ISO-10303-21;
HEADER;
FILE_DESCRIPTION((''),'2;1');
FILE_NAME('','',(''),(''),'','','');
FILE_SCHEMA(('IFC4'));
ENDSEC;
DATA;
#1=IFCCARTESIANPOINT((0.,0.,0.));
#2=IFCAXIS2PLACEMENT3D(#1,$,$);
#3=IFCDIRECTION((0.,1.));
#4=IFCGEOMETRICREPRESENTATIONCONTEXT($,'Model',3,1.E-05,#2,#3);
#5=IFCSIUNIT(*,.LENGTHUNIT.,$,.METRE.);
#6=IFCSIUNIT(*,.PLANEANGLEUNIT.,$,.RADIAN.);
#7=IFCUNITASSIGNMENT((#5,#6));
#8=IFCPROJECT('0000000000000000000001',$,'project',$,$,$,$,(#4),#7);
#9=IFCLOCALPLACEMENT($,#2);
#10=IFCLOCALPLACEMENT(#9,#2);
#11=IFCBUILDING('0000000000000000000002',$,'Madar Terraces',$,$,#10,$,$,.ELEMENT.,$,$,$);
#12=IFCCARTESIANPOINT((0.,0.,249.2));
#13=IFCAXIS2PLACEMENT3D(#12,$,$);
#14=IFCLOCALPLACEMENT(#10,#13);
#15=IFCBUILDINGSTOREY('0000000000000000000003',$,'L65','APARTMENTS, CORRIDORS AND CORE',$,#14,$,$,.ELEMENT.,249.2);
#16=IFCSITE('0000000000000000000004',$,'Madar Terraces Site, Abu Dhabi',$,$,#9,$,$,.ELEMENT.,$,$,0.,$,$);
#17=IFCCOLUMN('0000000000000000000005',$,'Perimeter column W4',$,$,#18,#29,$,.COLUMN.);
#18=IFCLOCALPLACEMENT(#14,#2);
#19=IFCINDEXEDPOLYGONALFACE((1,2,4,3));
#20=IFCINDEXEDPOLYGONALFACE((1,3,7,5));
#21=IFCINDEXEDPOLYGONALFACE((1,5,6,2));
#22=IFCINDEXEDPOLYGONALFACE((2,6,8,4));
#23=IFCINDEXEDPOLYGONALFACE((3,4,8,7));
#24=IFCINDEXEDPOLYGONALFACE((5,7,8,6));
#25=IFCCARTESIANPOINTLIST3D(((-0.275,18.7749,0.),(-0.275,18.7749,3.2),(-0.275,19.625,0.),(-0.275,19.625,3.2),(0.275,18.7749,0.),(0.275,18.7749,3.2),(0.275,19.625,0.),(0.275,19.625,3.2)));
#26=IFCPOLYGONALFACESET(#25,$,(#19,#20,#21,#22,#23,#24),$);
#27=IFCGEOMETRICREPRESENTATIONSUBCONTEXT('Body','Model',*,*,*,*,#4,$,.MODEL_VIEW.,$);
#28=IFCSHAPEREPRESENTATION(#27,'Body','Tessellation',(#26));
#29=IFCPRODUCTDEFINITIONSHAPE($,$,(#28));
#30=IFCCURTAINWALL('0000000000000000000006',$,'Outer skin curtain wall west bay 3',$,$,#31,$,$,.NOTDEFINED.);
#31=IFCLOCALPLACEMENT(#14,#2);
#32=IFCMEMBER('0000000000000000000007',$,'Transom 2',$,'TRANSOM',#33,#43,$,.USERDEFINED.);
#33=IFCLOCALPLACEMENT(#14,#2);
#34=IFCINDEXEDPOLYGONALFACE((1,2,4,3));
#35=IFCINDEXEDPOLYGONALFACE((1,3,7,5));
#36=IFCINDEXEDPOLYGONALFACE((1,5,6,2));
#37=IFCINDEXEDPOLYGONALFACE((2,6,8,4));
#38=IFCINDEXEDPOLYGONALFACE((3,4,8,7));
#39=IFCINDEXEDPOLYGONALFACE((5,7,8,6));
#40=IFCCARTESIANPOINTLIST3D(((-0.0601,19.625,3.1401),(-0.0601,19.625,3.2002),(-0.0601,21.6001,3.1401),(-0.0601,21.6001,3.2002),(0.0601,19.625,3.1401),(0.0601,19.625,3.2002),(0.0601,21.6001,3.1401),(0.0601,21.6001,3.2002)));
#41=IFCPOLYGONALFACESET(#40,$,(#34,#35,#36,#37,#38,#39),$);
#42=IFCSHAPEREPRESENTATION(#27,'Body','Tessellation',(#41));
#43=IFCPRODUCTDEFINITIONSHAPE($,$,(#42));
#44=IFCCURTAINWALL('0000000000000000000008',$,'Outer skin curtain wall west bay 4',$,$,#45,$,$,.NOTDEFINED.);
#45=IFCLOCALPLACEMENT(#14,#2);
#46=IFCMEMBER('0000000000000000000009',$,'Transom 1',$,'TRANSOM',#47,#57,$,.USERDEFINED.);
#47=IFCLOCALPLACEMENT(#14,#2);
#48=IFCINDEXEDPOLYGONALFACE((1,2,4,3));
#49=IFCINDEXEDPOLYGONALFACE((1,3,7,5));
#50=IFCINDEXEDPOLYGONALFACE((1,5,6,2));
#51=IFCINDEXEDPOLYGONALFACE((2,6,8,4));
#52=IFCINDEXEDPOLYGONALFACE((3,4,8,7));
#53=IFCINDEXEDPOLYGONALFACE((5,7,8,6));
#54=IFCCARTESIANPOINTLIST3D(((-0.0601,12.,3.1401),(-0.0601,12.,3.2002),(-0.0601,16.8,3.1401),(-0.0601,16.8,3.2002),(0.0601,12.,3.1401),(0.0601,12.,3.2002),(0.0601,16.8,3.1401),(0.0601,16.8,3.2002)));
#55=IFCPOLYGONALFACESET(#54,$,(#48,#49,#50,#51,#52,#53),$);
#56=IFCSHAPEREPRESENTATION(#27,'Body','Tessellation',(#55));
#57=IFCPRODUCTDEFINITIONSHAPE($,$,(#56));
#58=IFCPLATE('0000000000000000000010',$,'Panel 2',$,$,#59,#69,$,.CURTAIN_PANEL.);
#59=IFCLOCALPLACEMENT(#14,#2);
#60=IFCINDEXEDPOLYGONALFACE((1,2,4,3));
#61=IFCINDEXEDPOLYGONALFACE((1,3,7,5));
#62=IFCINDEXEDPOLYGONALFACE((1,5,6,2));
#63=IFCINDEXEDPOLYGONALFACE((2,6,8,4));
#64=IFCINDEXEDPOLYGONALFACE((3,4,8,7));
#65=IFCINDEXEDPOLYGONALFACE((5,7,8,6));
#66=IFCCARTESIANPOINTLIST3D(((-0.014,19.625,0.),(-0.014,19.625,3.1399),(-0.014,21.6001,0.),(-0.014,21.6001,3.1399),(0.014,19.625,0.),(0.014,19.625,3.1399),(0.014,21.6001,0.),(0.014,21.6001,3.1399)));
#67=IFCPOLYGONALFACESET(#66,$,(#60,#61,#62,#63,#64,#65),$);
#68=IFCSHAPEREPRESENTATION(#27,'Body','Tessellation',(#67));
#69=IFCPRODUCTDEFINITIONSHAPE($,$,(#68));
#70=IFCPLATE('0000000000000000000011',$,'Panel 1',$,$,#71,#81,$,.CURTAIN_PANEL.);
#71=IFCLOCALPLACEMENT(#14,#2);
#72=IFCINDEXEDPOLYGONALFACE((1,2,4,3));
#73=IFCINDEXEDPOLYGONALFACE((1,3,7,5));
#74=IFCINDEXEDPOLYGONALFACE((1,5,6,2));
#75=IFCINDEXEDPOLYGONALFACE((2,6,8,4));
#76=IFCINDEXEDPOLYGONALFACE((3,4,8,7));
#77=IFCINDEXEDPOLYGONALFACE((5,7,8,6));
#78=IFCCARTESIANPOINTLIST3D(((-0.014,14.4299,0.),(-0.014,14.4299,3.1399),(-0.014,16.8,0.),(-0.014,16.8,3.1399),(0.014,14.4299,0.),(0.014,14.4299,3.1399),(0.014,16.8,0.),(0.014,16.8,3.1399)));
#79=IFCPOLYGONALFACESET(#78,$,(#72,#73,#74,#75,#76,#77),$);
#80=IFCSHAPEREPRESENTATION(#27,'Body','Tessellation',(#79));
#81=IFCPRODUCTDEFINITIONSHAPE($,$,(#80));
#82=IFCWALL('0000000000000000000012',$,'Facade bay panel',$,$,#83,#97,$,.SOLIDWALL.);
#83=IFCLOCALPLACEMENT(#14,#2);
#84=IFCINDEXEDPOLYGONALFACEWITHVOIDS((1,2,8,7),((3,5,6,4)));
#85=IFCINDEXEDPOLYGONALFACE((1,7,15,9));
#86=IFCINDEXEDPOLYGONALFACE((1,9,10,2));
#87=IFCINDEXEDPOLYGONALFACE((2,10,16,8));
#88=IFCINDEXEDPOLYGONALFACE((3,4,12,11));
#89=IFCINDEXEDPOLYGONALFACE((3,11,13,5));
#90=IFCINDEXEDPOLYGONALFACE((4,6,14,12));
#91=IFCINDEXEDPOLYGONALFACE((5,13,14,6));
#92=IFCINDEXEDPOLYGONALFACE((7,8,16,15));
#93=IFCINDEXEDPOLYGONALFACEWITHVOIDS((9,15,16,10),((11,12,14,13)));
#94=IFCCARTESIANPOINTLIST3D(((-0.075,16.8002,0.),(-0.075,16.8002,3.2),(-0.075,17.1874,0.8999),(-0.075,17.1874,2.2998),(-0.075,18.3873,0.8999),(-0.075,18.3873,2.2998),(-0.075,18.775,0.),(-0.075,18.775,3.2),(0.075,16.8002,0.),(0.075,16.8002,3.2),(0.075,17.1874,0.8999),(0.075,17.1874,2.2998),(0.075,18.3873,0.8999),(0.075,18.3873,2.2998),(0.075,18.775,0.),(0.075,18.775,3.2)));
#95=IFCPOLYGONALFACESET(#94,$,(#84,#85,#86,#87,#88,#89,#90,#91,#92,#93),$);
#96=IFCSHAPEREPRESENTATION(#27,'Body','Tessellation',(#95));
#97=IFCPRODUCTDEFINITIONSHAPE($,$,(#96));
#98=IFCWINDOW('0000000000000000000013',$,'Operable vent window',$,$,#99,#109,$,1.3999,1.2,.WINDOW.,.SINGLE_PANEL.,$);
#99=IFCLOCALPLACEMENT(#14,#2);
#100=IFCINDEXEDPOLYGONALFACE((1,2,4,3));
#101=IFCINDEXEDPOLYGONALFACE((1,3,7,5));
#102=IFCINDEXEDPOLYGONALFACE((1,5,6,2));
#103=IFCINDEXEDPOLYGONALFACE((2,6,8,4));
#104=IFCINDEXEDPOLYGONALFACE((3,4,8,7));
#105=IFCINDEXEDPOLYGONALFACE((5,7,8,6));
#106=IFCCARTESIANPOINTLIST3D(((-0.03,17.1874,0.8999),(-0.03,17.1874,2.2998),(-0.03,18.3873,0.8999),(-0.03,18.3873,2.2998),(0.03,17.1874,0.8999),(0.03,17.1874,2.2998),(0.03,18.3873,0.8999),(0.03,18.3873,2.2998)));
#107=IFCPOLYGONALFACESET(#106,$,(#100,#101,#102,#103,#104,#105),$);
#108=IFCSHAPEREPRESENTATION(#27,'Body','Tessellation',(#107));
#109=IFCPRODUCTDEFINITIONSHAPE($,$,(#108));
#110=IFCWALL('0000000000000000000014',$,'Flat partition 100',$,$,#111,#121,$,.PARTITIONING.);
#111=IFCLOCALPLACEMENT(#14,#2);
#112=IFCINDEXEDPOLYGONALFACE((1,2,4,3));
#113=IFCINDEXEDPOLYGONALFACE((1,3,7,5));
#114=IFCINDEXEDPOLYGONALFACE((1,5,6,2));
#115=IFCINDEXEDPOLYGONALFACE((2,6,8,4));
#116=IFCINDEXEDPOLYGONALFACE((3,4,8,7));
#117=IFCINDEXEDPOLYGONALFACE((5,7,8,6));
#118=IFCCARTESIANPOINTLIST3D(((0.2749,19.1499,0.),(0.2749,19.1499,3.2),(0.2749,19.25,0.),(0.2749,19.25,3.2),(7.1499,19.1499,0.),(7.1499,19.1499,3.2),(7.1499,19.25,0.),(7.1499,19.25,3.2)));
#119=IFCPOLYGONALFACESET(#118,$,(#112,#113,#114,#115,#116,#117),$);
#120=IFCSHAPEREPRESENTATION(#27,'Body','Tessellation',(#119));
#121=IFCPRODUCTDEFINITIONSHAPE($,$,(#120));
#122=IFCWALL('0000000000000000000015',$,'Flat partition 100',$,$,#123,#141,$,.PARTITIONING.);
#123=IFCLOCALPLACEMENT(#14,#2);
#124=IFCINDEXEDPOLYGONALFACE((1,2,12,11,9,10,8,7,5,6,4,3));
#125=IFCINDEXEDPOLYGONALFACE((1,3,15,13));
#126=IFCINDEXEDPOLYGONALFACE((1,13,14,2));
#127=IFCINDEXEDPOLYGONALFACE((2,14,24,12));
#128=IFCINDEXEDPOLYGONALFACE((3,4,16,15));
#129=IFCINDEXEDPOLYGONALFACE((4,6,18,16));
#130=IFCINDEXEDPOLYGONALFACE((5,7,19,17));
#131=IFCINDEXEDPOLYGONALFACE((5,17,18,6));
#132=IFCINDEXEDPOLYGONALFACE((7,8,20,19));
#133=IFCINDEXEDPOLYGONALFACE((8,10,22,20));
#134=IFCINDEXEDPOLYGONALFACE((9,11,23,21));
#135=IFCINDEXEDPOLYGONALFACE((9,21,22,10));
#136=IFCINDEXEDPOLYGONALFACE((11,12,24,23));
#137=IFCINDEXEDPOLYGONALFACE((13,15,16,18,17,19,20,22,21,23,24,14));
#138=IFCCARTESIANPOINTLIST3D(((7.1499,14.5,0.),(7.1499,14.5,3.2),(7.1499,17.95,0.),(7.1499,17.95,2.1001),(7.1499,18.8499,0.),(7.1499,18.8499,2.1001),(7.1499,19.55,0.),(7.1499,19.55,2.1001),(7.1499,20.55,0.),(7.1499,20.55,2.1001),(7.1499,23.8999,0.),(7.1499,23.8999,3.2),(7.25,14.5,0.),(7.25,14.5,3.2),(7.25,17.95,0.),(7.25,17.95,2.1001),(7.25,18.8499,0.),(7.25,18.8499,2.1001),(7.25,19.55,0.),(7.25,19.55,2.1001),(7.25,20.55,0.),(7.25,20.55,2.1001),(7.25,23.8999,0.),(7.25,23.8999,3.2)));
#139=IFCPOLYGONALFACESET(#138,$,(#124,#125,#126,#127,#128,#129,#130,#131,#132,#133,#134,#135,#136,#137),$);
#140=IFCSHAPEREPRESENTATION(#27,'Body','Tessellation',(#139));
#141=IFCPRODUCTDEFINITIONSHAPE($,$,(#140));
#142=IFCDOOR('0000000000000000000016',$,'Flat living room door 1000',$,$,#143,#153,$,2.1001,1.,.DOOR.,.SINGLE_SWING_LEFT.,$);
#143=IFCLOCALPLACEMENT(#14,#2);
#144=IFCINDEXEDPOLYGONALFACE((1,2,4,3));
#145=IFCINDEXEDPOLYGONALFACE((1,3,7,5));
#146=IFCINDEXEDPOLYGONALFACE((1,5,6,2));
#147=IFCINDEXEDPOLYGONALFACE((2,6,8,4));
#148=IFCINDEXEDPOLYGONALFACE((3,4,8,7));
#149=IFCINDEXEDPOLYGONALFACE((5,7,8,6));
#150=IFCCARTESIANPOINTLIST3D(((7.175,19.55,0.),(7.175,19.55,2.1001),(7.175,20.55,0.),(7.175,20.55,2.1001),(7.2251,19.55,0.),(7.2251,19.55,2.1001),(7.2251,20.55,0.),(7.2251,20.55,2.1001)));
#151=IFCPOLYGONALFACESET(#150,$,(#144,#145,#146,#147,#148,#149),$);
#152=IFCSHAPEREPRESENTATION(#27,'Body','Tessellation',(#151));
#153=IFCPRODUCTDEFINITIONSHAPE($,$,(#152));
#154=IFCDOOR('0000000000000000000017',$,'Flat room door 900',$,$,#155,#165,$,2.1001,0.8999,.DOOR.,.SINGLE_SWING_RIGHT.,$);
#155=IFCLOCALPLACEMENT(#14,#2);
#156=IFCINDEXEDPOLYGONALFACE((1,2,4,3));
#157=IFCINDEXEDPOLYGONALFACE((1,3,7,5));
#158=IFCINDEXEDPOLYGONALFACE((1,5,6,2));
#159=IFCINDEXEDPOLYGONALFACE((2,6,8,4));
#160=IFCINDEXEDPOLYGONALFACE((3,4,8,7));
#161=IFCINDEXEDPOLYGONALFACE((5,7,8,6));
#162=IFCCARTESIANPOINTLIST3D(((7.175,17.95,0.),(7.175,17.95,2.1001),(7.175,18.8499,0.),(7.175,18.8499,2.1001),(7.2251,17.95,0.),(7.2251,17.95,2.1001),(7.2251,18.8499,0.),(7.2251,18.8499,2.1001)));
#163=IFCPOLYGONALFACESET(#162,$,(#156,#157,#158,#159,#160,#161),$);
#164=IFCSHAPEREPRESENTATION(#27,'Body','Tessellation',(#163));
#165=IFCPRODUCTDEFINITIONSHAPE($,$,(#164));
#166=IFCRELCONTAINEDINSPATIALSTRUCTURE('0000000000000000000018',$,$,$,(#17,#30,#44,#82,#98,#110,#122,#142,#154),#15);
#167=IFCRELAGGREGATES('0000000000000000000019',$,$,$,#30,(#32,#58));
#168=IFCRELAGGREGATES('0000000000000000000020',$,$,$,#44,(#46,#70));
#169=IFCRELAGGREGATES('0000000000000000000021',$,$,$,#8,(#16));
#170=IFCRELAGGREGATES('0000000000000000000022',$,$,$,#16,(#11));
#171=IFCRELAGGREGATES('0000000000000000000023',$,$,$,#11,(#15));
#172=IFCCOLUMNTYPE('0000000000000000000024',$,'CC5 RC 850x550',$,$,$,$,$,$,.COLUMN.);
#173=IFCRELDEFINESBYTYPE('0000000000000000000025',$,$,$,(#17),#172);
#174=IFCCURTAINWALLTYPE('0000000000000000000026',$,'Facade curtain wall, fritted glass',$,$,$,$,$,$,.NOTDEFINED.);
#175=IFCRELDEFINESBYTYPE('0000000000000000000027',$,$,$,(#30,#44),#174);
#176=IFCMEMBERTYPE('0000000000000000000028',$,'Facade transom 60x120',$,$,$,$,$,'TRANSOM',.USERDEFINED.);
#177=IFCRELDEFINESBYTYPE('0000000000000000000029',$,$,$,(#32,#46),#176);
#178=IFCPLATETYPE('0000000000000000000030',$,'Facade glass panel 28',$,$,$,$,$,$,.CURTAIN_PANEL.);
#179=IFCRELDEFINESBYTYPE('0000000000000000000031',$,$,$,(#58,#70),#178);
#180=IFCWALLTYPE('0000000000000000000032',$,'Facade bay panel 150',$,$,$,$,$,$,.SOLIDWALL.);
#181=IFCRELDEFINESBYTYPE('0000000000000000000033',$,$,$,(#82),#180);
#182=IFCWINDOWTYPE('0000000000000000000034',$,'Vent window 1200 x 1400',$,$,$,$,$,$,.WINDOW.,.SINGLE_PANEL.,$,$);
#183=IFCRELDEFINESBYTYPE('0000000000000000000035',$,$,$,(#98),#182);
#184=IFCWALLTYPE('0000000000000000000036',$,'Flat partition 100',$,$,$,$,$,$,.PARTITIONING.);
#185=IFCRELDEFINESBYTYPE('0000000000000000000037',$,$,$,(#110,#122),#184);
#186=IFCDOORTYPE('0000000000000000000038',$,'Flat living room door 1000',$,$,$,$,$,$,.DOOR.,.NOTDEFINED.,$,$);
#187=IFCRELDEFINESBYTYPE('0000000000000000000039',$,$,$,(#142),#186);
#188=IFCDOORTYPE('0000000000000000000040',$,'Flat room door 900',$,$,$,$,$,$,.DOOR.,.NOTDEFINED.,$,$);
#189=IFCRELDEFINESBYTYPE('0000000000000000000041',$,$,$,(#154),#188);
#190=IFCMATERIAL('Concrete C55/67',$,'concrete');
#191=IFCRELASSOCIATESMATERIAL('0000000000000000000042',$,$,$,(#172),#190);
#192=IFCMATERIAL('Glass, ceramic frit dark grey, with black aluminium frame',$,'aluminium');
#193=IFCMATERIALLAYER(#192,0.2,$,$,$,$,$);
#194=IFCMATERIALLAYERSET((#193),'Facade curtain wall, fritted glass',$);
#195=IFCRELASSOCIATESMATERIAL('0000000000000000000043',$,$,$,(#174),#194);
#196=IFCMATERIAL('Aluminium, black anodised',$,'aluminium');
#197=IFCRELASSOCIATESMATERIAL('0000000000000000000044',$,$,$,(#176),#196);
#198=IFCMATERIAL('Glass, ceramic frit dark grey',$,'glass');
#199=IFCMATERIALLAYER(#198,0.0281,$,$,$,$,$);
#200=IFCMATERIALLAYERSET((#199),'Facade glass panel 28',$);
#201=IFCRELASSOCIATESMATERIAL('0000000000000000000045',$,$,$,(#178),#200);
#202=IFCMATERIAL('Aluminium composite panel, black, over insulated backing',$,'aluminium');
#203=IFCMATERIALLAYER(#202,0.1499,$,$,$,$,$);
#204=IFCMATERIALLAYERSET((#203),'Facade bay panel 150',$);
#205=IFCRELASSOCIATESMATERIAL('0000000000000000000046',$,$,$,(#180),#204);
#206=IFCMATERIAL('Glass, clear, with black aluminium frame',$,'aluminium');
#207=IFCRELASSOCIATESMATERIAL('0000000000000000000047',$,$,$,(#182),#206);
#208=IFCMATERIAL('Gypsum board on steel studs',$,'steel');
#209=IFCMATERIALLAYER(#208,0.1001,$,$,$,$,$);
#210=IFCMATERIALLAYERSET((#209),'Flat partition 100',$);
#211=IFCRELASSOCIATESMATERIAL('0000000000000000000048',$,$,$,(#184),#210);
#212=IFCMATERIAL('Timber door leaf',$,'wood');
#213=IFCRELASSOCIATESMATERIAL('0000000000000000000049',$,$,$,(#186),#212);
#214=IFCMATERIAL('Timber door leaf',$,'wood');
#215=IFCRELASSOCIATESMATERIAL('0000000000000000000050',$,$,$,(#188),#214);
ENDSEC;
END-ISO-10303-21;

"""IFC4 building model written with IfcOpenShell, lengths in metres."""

from ifc_helpers import new_model, si_unit, direction, frame, frame_2d, origin, origin_2d, place, context, subcontext, project, spatial, rectangle, extrude, material, layer, layer_set, material_profile, profile_set, type_object, element, fill, aggregate, save


model = new_model("IFC4")

# Units and contexts
model_context = context("Model", 3, precision=1e-05, world=origin(), true_north=direction((0.0, 1.0)))
body_context = subcontext(model_context, "Body", "Model", "MODEL_VIEW")
ifc_project = project(units=[si_unit("LENGTHUNIT", "METRE"), si_unit("PLANEANGLEUNIT", "RADIAN")], contexts=[model_context])

# Site, building, storey
site_placement = place(None, origin())
site = spatial("IfcSite", under=ifc_project, at=site_placement, Name="Madar Terraces Site, Abu Dhabi", CompositionType="ELEMENT", RefElevation=0.0)
building_placement = place(site_placement, origin())
building = spatial("IfcBuilding", under=site, at=building_placement, Name="Madar Terraces", CompositionType="ELEMENT")
storey_placement = place(building_placement, frame((0.0, 0.0, 249.2)))
storey = spatial("IfcBuildingStorey", under=building, at=storey_placement, Name="L65", Description="APARTMENTS, CORRIDORS AND CORE", CompositionType="ELEMENT", Elevation=249.2)

# Column
ifc_material_1 = material(Name="Concrete C55/67", Category="concrete")
ifc_material_profile_1 = material_profile(ifc_material_1, rectangle(XDim=0.8501, YDim=0.55, at=origin_2d()), Name="CC5 RC 850x550")
ifc_profile_set_1 = profile_set([ifc_material_profile_1], Name="Concrete C55/67")
column_type = type_object("IfcColumnType", Name="CC5 RC 850x550", PredefinedType="COLUMN", material=ifc_profile_set_1)
column_placement = place(storey_placement, frame((0.0, 19.2, 0.0), z_axis=(0.0, 0.0, 1.0), x_axis=(0.0, 1.0, 0.0)))
element("IfcColumn", 1, at=column_placement, inside=storey, type_object=column_type, Name="Perimeter column W4", PredefinedType="COLUMN", context=body_context, shape_type="SweptSolid", body=[
    extrude(rectangle(XDim=0.8501, YDim=0.55, at=origin_2d()), origin(), (0.0, 0.0, 1.0), 3.2),
])

# Curtain walls, members
ifc_material_2 = material(Name="Glass, ceramic frit dark grey, with black aluminium frame", Category="aluminium")
ifc_layer_1 = layer(ifc_material_2, 0.2)
ifc_layer_set_1 = layer_set([ifc_layer_1], Name="Facade curtain wall, fritted glass")
curtain_wall_type = type_object("IfcCurtainWallType", Name="Facade curtain wall, fritted glass", PredefinedType="NOTDEFINED", material=ifc_layer_set_1)
curtain_wall_1_placement = place(storey_placement, origin())
curtain_wall_1 = element("IfcCurtainWall", 2, at=curtain_wall_1_placement, inside=storey, type_object=curtain_wall_type, Name="Outer skin curtain wall west bay 3", PredefinedType="NOTDEFINED")
ifc_material_3 = material(Name="Aluminium, black anodised", Category="aluminium")
ifc_material_profile_2 = material_profile(ifc_material_3, rectangle(XDim=0.1201, YDim=0.0601, at=origin_2d()), Name="Facade transom 60x120")
ifc_profile_set_2 = profile_set([ifc_material_profile_2], Name="Aluminium, black anodised")
member_type = type_object("IfcMemberType", Name="Facade transom 60x120", ElementType="TRANSOM", PredefinedType="USERDEFINED", material=ifc_profile_set_2)
member_1_placement = place(storey_placement, frame((0.0, 21.6001, 3.1702), z_axis=(0.0, -1.0, 0.0), x_axis=(1.0, 0.0, 0.0)))
member_1 = element("IfcMember", 3, at=member_1_placement, type_object=member_type, Name="Transom 2", ObjectType="TRANSOM", PredefinedType="USERDEFINED", context=body_context, shape_type="SweptSolid", body=[
    extrude(rectangle(XDim=0.1201, YDim=0.0601, at=origin_2d()), origin(), (0.0, 0.0, 1.0), 1.9751),
])
curtain_wall_2_placement = place(storey_placement, origin())
curtain_wall_2 = element("IfcCurtainWall", 4, at=curtain_wall_2_placement, inside=storey, type_object=curtain_wall_type, Name="Outer skin curtain wall west bay 4", PredefinedType="NOTDEFINED")
member_2_placement = place(storey_placement, frame((0.0, 16.8, 3.1702), z_axis=(0.0, -1.0, 0.0), x_axis=(1.0, 0.0, 0.0)))
member_2 = element("IfcMember", 5, at=member_2_placement, type_object=member_type, Name="Transom 1", ObjectType="TRANSOM", PredefinedType="USERDEFINED", context=body_context, shape_type="SweptSolid", body=[
    extrude(rectangle(XDim=0.1201, YDim=0.0601, at=origin_2d()), origin(), (0.0, 0.0, 1.0), 4.8),
])

# Plates
ifc_material_4 = material(Name="Glass, ceramic frit dark grey", Category="glass")
ifc_layer_2 = layer(ifc_material_4, 0.0281)
ifc_layer_set_2 = layer_set([ifc_layer_2], Name="Facade glass panel 28")
plate_type = type_object("IfcPlateType", Name="Facade glass panel 28", PredefinedType="CURTAIN_PANEL", material=ifc_layer_set_2)
plate_1_placement = place(storey_placement, frame((0.0, 20.6125, 0.0), z_axis=(0.0, 0.0, 1.0), x_axis=(0.0, -1.0, 0.0)))
plate_1 = element("IfcPlate", 6, at=plate_1_placement, type_object=plate_type, Name="Panel 2", PredefinedType="CURTAIN_PANEL", context=body_context, shape_type="SweptSolid", body=[
    extrude(rectangle(XDim=1.9751, YDim=0.0281, at=origin_2d()), origin(), (0.0, 0.0, 1.0), 3.1399),
])
aggregate(curtain_wall_1, [member_1, plate_1])
plate_2_placement = place(storey_placement, frame((0.0, 15.615, 0.0), z_axis=(0.0, 0.0, 1.0), x_axis=(0.0, -1.0, 0.0)))
plate_2 = element("IfcPlate", 7, at=plate_2_placement, type_object=plate_type, Name="Panel 1", PredefinedType="CURTAIN_PANEL", context=body_context, shape_type="SweptSolid", body=[
    extrude(rectangle(XDim=2.3701, YDim=0.0281, at=origin_2d()), origin(), (0.0, 0.0, 1.0), 3.1399),
])
aggregate(curtain_wall_2, [member_2, plate_2])

# Wall, opening, window
ifc_material_5 = material(Name="Aluminium composite panel, black, over insulated backing", Category="aluminium")
ifc_layer_3 = layer(ifc_material_5, 0.1499)
ifc_layer_set_3 = layer_set([ifc_layer_3], Name="Facade bay panel 150")
wall_type_1 = type_object("IfcWallType", Name="Facade bay panel 150", PredefinedType="SOLIDWALL", material=ifc_layer_set_3)
wall_1_placement = place(storey_placement, frame((0.0, 18.7749, 0.0), z_axis=(0.0, 0.0, 1.0), x_axis=(0.0, -1.0, 0.0)))
wall_1 = element("IfcWall", 8, at=wall_1_placement, inside=storey, type_object=wall_type_1, Name="Facade bay panel", PredefinedType="SOLIDWALL", context=body_context, shape_type="SweptSolid", body=[
    extrude(rectangle(XDim=1.9749, YDim=0.1499, at=frame_2d((0.9873, 0.0))), origin(), (0.0, 0.0, 1.0), 3.2),
])
opening_1_placement = place(wall_1_placement, frame((0.3875, 0.0, 0.8999)))
opening_1 = element("IfcOpeningElement", 9, at=opening_1_placement, cuts=wall_1, PredefinedType="OPENING", context=body_context, shape_type="SweptSolid", body=[
    extrude(rectangle(XDim=1.2, YDim=1.3999, at=frame_2d((0.6001, 0.7))), frame((0.0, 0.085, 0.0), z_axis=(0.0, -1.0, 0.0), x_axis=(1.0, 0.0, 0.0)), (0.0, 0.0, 1.0), 0.1699),
])
ifc_material_6 = material(Name="Glass, clear, with black aluminium frame", Category="aluminium")
window_type = type_object("IfcWindowType", Name="Vent window 1200 x 1400", PartitioningType="SINGLE_PANEL", PredefinedType="WINDOW", material=ifc_material_6)
window_placement = place(opening_1_placement, origin())
window = element("IfcWindow", 10, at=window_placement, inside=storey, type_object=window_type, Name="Operable vent window", OverallHeight=1.3999, OverallWidth=1.2, PartitioningType="SINGLE_PANEL", PredefinedType="WINDOW", context=body_context, shape_type="SweptSolid", body=[
    extrude(rectangle(XDim=1.2, YDim=1.3999, at=frame_2d((0.6001, 0.7))), frame((0.0, 0.03, 0.0), z_axis=(0.0, -1.0, 0.0), x_axis=(1.0, 0.0, 0.0)), (0.0, 0.0, 1.0), 0.0601),
])
fill(opening_1, window)

# Wall
ifc_material_7 = material(Name="Gypsum board on steel studs", Category="steel")
ifc_layer_4 = layer(ifc_material_7, 0.1001)
ifc_layer_set_4 = layer_set([ifc_layer_4], Name="Flat partition 100")
wall_type_2 = type_object("IfcWallType", Name="Flat partition 100", PredefinedType="PARTITIONING", material=ifc_layer_set_4)
wall_2_placement = place(storey_placement, frame((7.1499, 19.2, 0.0), z_axis=(0.0, 0.0, 1.0), x_axis=(-1.0, 0.0, 0.0)))
element("IfcWall", 11, at=wall_2_placement, inside=storey, type_object=wall_type_2, Name="Flat partition 100", PredefinedType="PARTITIONING", context=body_context, shape_type="SweptSolid", body=[
    extrude(rectangle(XDim=6.875, YDim=0.1001, at=frame_2d((3.4375, 0.0))), origin(), (0.0, 0.0, 1.0), 3.2),
])

# Wall, openings, doors
wall_3_placement = place(storey_placement, frame((7.2, 14.5, 0.0), z_axis=(0.0, 0.0, 1.0), x_axis=(0.0, 1.0, 0.0)))
wall_3 = element("IfcWall", 12, at=wall_3_placement, inside=storey, type_object=wall_type_2, Name="Flat partition 100", PredefinedType="PARTITIONING", context=body_context, shape_type="SweptSolid", body=[
    extrude(rectangle(XDim=9.3999, YDim=0.1001, at=frame_2d((4.7, 0.0))), origin(), (0.0, 0.0, 1.0), 3.2),
])
opening_2_placement = place(wall_3_placement, frame((3.45, 0.0, 0.0)))
opening_2 = element("IfcOpeningElement", 13, at=opening_2_placement, cuts=wall_3, PredefinedType="OPENING", context=body_context, shape_type="SweptSolid", body=[
    extrude(rectangle(XDim=0.8999, YDim=2.1001, at=frame_2d((0.45, 1.05))), frame((0.0, 0.0601, 0.0), z_axis=(0.0, -1.0, 0.0), x_axis=(1.0, 0.0, 0.0)), (0.0, 0.0, 1.0), 0.1201),
])
opening_3_placement = place(wall_3_placement, frame((5.05, 0.0, 0.0)))
opening_3 = element("IfcOpeningElement", 14, at=opening_3_placement, cuts=wall_3, PredefinedType="OPENING", context=body_context, shape_type="SweptSolid", body=[
    extrude(rectangle(XDim=1.0, YDim=2.1001, at=frame_2d((0.5, 1.05))), frame((0.0, 0.0601, 0.0), z_axis=(0.0, -1.0, 0.0), x_axis=(1.0, 0.0, 0.0)), (0.0, 0.0, 1.0), 0.1201),
])
ifc_material_8 = material(Name="Timber door leaf", Category="wood")
door_type_1 = type_object("IfcDoorType", Name="Flat living room door 1000", OperationType="NOTDEFINED", PredefinedType="DOOR", material=ifc_material_8)
door_1_placement = place(opening_3_placement, origin())
door_1 = element("IfcDoor", 15, at=door_1_placement, inside=storey, type_object=door_type_1, Name="Flat living room door 1000", OperationType="SINGLE_SWING_LEFT", OverallHeight=2.1001, OverallWidth=1.0, PredefinedType="DOOR", context=body_context, shape_type="SweptSolid", body=[
    extrude(rectangle(XDim=1.0, YDim=2.1001, at=frame_2d((0.5, 1.05))), frame((0.0, 0.0249, 0.0), z_axis=(0.0, -1.0, 0.0), x_axis=(1.0, 0.0, 0.0)), (0.0, 0.0, 1.0), 0.05),
])
fill(opening_3, door_1)
ifc_material_9 = material(Name="Timber door leaf", Category="wood")
door_type_2 = type_object("IfcDoorType", Name="Flat room door 900", OperationType="NOTDEFINED", PredefinedType="DOOR", material=ifc_material_9)
door_2_placement = place(opening_2_placement, origin())
door_2 = element("IfcDoor", 16, at=door_2_placement, inside=storey, type_object=door_type_2, Name="Flat room door 900", OperationType="SINGLE_SWING_RIGHT", OverallHeight=2.1001, OverallWidth=0.8999, PredefinedType="DOOR", context=body_context, shape_type="SweptSolid", body=[
    extrude(rectangle(XDim=0.8999, YDim=2.1001, at=frame_2d((0.45, 1.05))), frame((0.0, 0.0249, 0.0), z_axis=(0.0, -1.0, 0.0), x_axis=(1.0, 0.0, 0.0)), (0.0, 0.0, 1.0), 0.05),
])
fill(opening_2, door_2)

save(model, "model.ifc")
